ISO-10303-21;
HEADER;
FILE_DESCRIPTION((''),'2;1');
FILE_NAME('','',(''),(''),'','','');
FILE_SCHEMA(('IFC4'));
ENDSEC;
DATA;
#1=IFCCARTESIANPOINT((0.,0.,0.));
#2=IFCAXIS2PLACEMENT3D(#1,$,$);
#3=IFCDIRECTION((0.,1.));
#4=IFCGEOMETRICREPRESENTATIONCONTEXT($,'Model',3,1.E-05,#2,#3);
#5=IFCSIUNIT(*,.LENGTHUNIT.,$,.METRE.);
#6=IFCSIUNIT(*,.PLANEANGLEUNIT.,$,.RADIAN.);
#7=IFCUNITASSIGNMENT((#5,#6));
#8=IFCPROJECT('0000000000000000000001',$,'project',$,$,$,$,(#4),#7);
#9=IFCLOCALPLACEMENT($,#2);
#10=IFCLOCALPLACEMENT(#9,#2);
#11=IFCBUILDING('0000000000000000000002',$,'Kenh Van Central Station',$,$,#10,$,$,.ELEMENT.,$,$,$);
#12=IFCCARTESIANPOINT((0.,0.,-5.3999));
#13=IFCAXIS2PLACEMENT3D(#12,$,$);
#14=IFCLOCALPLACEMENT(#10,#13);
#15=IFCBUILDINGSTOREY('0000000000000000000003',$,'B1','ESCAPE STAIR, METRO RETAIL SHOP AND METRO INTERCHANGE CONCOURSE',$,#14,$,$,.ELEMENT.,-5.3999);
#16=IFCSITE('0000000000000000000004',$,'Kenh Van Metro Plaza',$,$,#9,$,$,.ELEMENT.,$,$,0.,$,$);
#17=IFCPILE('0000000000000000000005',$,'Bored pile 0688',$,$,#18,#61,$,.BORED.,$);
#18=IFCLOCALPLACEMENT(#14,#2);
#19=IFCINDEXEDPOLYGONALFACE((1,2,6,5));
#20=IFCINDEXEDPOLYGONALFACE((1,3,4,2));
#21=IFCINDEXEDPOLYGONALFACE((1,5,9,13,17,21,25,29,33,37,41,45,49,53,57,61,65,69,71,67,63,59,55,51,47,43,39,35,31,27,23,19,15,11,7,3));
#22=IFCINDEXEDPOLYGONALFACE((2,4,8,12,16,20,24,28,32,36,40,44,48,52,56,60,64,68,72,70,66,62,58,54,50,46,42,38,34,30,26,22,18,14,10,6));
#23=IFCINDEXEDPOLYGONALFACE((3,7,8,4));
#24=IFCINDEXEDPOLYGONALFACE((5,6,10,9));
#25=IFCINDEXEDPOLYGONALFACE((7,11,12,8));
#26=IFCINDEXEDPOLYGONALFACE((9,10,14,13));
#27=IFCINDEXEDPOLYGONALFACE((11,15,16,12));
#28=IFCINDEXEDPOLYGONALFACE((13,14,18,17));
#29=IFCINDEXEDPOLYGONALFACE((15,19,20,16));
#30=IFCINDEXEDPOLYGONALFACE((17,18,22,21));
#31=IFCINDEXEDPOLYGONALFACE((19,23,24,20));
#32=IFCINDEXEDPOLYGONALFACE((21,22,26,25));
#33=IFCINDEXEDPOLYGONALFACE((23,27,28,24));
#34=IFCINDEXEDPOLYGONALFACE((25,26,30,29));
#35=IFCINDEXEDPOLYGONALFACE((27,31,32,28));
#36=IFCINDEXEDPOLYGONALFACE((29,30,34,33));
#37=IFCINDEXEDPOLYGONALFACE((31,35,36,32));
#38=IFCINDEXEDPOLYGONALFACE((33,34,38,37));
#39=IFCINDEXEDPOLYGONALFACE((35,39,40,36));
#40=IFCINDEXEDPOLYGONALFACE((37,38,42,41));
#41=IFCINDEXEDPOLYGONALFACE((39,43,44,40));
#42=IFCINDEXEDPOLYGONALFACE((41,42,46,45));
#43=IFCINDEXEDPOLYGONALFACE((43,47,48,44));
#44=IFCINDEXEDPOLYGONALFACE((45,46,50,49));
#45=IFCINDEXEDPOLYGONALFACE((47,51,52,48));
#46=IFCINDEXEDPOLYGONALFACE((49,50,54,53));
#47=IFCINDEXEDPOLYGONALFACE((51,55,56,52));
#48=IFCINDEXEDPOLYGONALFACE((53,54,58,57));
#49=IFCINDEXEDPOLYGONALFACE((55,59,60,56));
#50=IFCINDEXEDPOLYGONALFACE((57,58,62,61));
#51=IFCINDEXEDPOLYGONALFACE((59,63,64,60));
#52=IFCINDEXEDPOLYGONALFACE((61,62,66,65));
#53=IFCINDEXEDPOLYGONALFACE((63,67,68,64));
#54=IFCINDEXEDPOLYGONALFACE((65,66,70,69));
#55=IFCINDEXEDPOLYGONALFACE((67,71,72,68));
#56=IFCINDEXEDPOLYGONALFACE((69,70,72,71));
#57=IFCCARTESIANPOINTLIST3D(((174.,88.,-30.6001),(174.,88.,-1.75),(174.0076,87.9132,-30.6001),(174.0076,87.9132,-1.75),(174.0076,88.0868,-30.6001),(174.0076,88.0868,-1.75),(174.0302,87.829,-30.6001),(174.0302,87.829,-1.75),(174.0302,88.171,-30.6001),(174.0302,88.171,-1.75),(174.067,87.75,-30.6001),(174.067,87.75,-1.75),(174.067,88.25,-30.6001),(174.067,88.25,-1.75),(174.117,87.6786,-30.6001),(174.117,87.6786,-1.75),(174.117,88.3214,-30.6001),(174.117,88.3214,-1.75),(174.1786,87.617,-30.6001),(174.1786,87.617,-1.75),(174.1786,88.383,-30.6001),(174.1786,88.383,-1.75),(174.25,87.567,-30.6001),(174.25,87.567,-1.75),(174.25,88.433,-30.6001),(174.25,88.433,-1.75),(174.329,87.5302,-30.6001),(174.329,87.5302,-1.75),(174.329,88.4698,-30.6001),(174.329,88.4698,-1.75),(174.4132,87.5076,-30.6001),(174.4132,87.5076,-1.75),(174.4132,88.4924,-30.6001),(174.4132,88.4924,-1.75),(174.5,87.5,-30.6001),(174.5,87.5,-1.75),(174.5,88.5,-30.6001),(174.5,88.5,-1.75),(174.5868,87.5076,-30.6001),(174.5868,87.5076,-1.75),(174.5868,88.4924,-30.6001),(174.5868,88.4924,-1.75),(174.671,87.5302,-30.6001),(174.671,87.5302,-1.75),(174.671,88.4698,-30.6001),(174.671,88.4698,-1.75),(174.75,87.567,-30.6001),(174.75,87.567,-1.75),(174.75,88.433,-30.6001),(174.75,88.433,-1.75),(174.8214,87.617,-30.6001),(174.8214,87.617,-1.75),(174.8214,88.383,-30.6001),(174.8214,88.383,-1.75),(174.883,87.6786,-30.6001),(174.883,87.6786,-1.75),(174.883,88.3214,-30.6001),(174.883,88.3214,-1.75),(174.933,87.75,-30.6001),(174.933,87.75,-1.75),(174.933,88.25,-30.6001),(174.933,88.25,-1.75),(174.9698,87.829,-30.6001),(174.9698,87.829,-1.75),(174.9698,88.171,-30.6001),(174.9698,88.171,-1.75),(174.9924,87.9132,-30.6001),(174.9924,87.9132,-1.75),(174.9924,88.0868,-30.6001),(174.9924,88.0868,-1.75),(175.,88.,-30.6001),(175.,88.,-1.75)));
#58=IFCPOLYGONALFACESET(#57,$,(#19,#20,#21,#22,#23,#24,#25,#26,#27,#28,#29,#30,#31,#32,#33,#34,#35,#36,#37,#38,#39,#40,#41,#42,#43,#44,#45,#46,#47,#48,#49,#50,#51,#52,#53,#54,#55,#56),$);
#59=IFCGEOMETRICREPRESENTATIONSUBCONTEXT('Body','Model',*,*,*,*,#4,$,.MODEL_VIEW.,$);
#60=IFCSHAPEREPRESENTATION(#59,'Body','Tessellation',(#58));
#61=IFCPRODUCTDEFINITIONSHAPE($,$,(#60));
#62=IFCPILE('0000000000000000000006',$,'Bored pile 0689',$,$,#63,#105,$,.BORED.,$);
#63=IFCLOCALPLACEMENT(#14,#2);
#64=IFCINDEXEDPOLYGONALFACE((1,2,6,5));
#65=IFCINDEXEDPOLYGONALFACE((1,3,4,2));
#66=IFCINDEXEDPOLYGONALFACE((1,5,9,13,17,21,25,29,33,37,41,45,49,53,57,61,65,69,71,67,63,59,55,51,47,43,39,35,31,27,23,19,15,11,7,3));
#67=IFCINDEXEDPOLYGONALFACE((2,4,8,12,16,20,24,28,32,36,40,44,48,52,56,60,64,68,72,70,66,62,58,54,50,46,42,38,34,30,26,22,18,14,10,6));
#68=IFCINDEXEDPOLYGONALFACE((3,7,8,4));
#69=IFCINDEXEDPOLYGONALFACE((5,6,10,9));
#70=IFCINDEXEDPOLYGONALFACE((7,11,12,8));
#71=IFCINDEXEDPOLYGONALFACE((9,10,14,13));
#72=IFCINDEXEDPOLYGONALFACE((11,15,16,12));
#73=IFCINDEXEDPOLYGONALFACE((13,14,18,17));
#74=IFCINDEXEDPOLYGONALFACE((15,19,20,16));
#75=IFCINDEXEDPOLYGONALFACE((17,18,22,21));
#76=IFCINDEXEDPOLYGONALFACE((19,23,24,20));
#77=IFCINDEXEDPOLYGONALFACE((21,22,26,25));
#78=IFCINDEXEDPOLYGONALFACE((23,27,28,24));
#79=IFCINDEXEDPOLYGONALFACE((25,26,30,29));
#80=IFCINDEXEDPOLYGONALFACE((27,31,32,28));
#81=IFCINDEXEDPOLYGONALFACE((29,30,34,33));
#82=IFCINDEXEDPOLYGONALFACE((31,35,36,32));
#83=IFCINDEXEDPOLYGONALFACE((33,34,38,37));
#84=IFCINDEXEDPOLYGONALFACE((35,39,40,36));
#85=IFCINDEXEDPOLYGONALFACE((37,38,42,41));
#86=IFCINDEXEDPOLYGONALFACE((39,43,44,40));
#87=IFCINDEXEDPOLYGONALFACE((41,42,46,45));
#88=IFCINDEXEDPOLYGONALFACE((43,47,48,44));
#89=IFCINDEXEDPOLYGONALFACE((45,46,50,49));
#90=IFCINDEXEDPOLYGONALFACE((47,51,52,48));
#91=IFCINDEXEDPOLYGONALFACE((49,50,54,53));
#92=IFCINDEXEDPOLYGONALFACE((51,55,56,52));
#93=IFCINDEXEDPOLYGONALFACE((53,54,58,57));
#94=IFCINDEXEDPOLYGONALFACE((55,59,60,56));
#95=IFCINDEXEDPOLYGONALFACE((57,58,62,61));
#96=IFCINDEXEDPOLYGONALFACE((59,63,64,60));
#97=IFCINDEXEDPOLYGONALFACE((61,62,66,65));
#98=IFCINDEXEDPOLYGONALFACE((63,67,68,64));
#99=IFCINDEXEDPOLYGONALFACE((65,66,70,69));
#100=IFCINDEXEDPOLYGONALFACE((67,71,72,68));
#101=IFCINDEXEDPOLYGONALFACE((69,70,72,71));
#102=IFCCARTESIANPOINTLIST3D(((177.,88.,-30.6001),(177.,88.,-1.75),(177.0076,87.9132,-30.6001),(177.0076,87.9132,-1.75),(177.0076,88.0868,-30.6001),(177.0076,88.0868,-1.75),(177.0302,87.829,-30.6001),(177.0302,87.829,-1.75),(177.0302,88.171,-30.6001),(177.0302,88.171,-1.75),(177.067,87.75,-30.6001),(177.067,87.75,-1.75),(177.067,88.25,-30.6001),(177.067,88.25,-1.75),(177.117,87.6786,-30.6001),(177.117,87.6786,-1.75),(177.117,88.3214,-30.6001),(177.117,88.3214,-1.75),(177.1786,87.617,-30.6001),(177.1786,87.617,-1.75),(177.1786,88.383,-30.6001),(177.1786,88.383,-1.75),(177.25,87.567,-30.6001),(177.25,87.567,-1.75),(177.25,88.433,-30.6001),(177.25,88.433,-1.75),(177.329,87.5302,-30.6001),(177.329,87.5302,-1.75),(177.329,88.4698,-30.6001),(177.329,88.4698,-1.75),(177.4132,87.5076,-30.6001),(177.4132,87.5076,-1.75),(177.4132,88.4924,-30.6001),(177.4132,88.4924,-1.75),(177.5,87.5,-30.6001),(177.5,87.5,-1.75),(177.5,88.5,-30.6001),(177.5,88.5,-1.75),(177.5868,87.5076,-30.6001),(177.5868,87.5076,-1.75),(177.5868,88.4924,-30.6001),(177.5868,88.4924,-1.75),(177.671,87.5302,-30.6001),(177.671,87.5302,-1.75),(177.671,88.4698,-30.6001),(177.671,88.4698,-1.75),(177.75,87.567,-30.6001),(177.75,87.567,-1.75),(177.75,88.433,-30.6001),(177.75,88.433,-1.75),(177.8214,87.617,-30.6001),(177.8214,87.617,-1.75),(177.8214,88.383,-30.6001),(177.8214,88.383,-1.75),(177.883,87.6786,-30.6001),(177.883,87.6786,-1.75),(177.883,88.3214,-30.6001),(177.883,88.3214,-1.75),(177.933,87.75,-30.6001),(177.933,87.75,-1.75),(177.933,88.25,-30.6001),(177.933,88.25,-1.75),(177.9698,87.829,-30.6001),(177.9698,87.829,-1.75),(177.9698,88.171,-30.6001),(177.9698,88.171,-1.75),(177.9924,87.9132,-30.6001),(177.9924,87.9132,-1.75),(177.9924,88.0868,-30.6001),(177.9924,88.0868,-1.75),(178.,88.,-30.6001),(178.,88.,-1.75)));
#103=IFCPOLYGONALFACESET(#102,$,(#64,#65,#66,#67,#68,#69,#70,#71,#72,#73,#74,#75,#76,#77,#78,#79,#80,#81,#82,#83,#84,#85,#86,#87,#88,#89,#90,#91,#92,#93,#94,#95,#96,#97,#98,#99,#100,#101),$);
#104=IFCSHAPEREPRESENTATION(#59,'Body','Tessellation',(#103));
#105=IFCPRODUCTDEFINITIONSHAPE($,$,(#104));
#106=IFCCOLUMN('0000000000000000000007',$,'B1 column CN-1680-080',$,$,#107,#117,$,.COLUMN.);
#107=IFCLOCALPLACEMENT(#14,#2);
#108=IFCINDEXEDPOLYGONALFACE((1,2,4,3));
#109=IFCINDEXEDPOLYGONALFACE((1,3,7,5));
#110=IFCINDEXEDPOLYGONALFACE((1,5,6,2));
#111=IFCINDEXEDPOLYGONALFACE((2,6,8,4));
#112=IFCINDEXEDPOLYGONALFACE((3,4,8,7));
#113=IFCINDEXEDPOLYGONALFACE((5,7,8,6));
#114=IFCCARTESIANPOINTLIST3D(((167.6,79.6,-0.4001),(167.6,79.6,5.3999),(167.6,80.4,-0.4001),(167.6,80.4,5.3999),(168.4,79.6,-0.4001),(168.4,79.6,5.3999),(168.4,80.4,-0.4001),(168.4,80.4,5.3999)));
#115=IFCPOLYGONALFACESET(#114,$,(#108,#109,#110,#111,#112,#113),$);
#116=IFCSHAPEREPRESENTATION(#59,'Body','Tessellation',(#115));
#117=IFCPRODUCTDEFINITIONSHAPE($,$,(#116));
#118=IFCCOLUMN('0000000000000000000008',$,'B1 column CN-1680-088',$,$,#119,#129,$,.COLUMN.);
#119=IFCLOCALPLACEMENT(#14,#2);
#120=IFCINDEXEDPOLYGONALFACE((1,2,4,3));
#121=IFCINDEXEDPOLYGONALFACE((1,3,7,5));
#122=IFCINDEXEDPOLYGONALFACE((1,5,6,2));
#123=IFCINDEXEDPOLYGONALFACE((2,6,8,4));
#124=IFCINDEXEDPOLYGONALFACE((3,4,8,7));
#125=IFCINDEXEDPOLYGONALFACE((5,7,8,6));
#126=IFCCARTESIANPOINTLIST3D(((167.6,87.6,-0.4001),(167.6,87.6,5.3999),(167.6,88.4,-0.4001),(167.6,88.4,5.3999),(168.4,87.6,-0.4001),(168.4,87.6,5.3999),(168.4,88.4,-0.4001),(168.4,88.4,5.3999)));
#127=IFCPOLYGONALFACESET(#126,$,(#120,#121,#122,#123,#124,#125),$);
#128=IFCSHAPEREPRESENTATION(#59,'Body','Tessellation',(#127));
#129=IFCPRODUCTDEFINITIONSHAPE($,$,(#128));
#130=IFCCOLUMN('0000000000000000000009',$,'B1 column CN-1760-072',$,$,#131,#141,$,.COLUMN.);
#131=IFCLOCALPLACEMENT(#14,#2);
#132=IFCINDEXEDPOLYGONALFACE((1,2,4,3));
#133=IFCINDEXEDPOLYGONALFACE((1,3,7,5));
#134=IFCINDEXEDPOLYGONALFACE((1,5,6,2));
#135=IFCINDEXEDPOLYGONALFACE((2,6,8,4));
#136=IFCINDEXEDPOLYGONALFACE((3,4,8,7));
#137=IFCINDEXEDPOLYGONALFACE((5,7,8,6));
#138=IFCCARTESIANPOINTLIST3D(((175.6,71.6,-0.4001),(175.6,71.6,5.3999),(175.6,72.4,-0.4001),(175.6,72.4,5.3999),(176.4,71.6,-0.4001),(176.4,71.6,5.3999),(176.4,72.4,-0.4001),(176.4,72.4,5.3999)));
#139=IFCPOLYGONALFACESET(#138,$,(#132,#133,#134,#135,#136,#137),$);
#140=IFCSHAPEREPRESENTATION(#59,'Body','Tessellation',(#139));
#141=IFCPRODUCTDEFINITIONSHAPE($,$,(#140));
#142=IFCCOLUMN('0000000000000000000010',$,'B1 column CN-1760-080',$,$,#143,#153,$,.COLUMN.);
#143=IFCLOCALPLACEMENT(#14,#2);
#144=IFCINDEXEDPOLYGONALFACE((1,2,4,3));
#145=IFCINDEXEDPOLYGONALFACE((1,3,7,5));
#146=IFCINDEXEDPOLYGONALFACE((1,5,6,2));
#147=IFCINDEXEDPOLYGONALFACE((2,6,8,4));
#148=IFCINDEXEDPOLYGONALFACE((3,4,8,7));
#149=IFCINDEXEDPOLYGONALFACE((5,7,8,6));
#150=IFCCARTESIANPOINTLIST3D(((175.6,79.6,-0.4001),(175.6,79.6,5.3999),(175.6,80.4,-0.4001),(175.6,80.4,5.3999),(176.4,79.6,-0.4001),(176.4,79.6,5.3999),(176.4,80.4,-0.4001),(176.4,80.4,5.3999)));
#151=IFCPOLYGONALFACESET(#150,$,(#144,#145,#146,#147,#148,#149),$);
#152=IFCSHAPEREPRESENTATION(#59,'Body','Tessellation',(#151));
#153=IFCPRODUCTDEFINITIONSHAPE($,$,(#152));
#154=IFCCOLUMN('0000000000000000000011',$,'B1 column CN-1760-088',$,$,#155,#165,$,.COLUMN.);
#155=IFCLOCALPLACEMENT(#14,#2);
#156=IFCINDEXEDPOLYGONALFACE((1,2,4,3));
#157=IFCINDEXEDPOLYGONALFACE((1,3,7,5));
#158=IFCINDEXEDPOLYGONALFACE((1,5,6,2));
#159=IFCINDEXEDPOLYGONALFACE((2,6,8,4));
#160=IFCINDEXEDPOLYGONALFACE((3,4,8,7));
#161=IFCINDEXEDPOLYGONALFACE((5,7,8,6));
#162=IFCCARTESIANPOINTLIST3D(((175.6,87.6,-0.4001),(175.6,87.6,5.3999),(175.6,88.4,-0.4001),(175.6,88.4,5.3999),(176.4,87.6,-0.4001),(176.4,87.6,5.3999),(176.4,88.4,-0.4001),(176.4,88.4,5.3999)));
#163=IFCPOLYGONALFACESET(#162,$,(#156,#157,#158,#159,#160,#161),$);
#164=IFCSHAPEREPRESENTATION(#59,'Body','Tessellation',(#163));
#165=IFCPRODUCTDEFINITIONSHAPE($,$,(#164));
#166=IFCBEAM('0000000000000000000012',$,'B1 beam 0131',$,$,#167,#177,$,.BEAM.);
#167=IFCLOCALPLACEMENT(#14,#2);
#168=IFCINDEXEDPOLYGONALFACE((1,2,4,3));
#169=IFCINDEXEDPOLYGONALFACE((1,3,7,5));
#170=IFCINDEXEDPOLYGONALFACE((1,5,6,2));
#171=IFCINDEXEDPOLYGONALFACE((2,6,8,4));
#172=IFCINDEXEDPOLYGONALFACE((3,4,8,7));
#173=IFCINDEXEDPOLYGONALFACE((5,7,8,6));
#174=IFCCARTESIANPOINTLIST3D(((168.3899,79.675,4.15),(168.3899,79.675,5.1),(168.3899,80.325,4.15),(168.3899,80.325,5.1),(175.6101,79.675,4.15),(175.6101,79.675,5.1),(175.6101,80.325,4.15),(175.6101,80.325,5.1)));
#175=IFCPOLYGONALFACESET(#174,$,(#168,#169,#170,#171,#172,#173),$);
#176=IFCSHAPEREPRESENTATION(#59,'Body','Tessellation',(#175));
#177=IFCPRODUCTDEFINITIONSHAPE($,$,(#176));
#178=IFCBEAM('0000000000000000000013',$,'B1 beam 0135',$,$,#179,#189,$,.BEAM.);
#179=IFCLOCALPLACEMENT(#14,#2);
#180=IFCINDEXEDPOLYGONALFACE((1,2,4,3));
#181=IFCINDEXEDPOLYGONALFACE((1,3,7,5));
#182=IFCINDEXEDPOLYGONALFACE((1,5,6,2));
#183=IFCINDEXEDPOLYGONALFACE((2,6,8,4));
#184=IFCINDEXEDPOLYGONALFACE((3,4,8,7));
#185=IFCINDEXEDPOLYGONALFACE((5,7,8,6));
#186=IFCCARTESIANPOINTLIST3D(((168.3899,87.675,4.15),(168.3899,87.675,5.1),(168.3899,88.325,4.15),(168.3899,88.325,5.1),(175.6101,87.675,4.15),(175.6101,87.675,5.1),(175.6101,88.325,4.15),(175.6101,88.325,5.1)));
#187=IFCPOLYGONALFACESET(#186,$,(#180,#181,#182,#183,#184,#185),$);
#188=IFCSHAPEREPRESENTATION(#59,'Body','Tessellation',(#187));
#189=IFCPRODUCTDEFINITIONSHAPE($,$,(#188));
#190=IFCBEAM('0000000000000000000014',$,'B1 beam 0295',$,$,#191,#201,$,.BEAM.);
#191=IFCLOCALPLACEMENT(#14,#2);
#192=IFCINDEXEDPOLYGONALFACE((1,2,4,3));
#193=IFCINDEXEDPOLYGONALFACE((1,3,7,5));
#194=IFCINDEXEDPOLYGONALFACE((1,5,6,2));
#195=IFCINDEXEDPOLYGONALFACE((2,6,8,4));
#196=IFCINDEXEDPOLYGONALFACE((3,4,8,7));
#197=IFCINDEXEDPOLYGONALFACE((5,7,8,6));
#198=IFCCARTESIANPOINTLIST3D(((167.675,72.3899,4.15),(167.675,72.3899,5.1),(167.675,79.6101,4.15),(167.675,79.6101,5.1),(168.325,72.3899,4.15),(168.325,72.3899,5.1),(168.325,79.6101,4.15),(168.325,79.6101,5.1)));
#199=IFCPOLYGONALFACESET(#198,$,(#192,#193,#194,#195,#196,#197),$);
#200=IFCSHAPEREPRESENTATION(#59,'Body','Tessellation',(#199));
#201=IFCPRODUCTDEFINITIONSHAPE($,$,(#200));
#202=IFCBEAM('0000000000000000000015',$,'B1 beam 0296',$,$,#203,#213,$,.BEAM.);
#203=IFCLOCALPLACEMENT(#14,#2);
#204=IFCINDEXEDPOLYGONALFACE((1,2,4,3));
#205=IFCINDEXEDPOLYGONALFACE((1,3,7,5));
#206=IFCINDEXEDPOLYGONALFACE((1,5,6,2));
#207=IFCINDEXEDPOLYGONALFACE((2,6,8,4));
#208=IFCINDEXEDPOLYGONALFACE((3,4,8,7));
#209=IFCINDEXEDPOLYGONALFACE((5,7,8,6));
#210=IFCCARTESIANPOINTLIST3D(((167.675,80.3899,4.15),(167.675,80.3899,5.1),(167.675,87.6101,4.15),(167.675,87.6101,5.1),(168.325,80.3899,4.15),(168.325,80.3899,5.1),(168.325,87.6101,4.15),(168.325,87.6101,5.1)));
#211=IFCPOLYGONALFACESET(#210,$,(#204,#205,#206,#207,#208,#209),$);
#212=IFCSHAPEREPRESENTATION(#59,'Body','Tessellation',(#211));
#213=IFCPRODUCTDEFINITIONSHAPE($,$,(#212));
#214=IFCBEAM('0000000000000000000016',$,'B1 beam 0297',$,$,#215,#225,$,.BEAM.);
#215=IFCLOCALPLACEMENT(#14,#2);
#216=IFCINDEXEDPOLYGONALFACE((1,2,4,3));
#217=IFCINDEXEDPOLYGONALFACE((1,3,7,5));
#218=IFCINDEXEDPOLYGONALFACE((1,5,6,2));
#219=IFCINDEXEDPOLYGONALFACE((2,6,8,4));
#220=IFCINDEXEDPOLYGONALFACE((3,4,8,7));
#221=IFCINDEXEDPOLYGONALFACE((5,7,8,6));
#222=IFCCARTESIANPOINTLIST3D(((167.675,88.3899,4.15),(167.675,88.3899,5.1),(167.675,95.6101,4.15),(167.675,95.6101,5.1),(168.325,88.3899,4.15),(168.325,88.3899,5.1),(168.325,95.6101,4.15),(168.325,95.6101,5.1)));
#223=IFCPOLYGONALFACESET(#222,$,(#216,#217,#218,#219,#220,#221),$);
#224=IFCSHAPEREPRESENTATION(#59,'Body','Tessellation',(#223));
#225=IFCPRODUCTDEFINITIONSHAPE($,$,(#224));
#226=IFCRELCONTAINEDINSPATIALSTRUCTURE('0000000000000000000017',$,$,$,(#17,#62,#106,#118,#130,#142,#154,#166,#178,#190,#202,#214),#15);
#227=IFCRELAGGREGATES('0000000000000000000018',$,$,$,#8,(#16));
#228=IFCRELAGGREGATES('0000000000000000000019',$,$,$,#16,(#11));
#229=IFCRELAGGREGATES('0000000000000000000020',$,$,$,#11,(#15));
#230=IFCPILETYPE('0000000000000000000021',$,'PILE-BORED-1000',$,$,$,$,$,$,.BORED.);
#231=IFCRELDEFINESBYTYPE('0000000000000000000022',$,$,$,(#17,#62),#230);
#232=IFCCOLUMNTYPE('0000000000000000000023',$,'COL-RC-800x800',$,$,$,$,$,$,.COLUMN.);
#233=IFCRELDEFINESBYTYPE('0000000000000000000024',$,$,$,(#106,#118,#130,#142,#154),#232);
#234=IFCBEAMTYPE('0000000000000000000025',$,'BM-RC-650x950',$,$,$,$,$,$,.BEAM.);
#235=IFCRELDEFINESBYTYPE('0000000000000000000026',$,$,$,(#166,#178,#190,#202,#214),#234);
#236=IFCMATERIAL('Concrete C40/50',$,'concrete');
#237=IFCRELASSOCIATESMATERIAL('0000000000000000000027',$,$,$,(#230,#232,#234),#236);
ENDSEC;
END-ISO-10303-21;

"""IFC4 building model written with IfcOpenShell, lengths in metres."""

from ifc_helpers import new_model, si_unit, direction, frame, origin, origin_2d, place, context, subcontext, project, spatial, rectangle, circle, extrude, material, material_profile, profile_set, type_object, element, save


model = new_model("IFC4")

# Units and contexts
model_context = context("Model", 3, precision=1e-05, world=origin(), true_north=direction((0.0, 1.0)))
body_context = subcontext(model_context, "Body", "Model", "MODEL_VIEW")
ifc_project = project(units=[si_unit("LENGTHUNIT", "METRE"), si_unit("PLANEANGLEUNIT", "RADIAN")], contexts=[model_context])

# Site, building, storey
site_placement = place(None, origin())
site = spatial("IfcSite", under=ifc_project, at=site_placement, Name="Kenh Van Metro Plaza", CompositionType="ELEMENT", RefElevation=0.0)
building_placement = place(site_placement, origin())
building = spatial("IfcBuilding", under=site, at=building_placement, Name="Kenh Van Central Station", CompositionType="ELEMENT")
storey_placement = place(building_placement, frame((0.0, 0.0, -5.3999)))
storey = spatial("IfcBuildingStorey", under=building, at=storey_placement, Name="B1", Description="ESCAPE STAIR, METRO RETAIL SHOP AND METRO INTERCHANGE CONCOURSE", CompositionType="ELEMENT", Elevation=-5.3999)

# Shared definitions
ifc_material_1 = material(Name="Concrete C40/50", Category="concrete")

# Piles
ifc_material_profile_1 = material_profile(ifc_material_1, circle(Radius=0.5, at=origin_2d()), Name="PILE D1000")
ifc_profile_set_1 = profile_set([ifc_material_profile_1], Name="Concrete C40/50")
pile_type = type_object("IfcPileType", Name="PILE-BORED-1000", PredefinedType="BORED", material=ifc_profile_set_1)
for number, where, z_axis, x_axis, name in (
    (1, (174.5, 88.0, -1.75), (0.0, 0.0, -1.0), (1.0, 0.0, 0.0), "Bored pile 0688"),
    (2, (177.5, 88.0, -1.75), (0.0, 0.0, -1.0), (1.0, 0.0, 0.0), "Bored pile 0689"),
):
    element("IfcPile", number, at=place(storey_placement, frame(where, z_axis=z_axis, x_axis=x_axis)), inside=storey, type_object=pile_type, Name=name, PredefinedType="BORED", context=body_context, shape_type="SweptSolid", body=[
        extrude(circle(Radius=0.5, at=origin_2d()), origin(), (0.0, 0.0, 1.0), 28.8501),
    ])

# Columns
ifc_material_profile_2 = material_profile(ifc_material_1, rectangle(XDim=0.8, YDim=0.8, at=origin_2d()), Name="RC 800x800")
ifc_profile_set_2 = profile_set([ifc_material_profile_2], Name="Concrete C40/50")
column_type = type_object("IfcColumnType", Name="COL-RC-800x800", PredefinedType="COLUMN", material=ifc_profile_set_2)
for number, where, z_axis, x_axis, name in (
    (3, (168.0, 80.0, -0.4001), (0.0, 0.0, 1.0), (1.0, 0.0, 0.0), "B1 column CN-1680-080"),
    (4, (168.0, 88.0, -0.4001), (0.0, 0.0, 1.0), (1.0, 0.0, 0.0), "B1 column CN-1680-088"),
    (5, (176.0, 72.0, -0.4001), (0.0, 0.0, 1.0), (1.0, 0.0, 0.0), "B1 column CN-1760-072"),
    (6, (176.0, 80.0, -0.4001), (0.0, 0.0, 1.0), (1.0, 0.0, 0.0), "B1 column CN-1760-080"),
    (7, (176.0, 88.0, -0.4001), (0.0, 0.0, 1.0), (1.0, 0.0, 0.0), "B1 column CN-1760-088"),
):
    element("IfcColumn", number, at=place(storey_placement, frame(where, z_axis=z_axis, x_axis=x_axis)), inside=storey, type_object=column_type, Name=name, PredefinedType="COLUMN", context=body_context, shape_type="SweptSolid", body=[
        extrude(rectangle(XDim=0.8, YDim=0.8, at=origin_2d()), origin(), (0.0, 0.0, 1.0), 5.8),
    ])

# Beams
ifc_material_profile_3 = material_profile(ifc_material_1, rectangle(XDim=0.6499, YDim=0.95, at=origin_2d()), Name="RC 650x950")
ifc_profile_set_3 = profile_set([ifc_material_profile_3], Name="Concrete C40/50")
beam_type_1 = type_object("IfcBeamType", Name="BM-RC-650x950", PredefinedType="BEAM", material=ifc_profile_set_3)
for number, where, z_axis, x_axis, name in (
    (8, (168.3899, 80.0, 4.625), (1.0, 0.0, 0.0), (0.0, 1.0, 0.0), "B1 beam 0131"),
    (9, (168.3899, 88.0, 4.625), (1.0, 0.0, 0.0), (0.0, 1.0, 0.0), "B1 beam 0135"),
    (10, (168.0, 72.3899, 4.625), (0.0, 1.0, 0.0), (-1.0, 0.0, 0.0), "B1 beam 0295"),
    (11, (168.0, 80.3899, 4.625), (0.0, 1.0, 0.0), (-1.0, 0.0, 0.0), "B1 beam 0296"),
    (12, (168.0, 88.3899, 4.625), (0.0, 1.0, 0.0), (-1.0, 0.0, 0.0), "B1 beam 0297"),
):
    element("IfcBeam", number, at=place(storey_placement, frame(where, z_axis=z_axis, x_axis=x_axis)), inside=storey, type_object=beam_type_1, Name=name, PredefinedType="BEAM", context=body_context, shape_type="SweptSolid", body=[
        extrude(rectangle(XDim=0.6499, YDim=0.95, at=origin_2d()), origin(), (0.0, 0.0, 1.0), 7.2202),
    ])

save(model, "model.ifc")
